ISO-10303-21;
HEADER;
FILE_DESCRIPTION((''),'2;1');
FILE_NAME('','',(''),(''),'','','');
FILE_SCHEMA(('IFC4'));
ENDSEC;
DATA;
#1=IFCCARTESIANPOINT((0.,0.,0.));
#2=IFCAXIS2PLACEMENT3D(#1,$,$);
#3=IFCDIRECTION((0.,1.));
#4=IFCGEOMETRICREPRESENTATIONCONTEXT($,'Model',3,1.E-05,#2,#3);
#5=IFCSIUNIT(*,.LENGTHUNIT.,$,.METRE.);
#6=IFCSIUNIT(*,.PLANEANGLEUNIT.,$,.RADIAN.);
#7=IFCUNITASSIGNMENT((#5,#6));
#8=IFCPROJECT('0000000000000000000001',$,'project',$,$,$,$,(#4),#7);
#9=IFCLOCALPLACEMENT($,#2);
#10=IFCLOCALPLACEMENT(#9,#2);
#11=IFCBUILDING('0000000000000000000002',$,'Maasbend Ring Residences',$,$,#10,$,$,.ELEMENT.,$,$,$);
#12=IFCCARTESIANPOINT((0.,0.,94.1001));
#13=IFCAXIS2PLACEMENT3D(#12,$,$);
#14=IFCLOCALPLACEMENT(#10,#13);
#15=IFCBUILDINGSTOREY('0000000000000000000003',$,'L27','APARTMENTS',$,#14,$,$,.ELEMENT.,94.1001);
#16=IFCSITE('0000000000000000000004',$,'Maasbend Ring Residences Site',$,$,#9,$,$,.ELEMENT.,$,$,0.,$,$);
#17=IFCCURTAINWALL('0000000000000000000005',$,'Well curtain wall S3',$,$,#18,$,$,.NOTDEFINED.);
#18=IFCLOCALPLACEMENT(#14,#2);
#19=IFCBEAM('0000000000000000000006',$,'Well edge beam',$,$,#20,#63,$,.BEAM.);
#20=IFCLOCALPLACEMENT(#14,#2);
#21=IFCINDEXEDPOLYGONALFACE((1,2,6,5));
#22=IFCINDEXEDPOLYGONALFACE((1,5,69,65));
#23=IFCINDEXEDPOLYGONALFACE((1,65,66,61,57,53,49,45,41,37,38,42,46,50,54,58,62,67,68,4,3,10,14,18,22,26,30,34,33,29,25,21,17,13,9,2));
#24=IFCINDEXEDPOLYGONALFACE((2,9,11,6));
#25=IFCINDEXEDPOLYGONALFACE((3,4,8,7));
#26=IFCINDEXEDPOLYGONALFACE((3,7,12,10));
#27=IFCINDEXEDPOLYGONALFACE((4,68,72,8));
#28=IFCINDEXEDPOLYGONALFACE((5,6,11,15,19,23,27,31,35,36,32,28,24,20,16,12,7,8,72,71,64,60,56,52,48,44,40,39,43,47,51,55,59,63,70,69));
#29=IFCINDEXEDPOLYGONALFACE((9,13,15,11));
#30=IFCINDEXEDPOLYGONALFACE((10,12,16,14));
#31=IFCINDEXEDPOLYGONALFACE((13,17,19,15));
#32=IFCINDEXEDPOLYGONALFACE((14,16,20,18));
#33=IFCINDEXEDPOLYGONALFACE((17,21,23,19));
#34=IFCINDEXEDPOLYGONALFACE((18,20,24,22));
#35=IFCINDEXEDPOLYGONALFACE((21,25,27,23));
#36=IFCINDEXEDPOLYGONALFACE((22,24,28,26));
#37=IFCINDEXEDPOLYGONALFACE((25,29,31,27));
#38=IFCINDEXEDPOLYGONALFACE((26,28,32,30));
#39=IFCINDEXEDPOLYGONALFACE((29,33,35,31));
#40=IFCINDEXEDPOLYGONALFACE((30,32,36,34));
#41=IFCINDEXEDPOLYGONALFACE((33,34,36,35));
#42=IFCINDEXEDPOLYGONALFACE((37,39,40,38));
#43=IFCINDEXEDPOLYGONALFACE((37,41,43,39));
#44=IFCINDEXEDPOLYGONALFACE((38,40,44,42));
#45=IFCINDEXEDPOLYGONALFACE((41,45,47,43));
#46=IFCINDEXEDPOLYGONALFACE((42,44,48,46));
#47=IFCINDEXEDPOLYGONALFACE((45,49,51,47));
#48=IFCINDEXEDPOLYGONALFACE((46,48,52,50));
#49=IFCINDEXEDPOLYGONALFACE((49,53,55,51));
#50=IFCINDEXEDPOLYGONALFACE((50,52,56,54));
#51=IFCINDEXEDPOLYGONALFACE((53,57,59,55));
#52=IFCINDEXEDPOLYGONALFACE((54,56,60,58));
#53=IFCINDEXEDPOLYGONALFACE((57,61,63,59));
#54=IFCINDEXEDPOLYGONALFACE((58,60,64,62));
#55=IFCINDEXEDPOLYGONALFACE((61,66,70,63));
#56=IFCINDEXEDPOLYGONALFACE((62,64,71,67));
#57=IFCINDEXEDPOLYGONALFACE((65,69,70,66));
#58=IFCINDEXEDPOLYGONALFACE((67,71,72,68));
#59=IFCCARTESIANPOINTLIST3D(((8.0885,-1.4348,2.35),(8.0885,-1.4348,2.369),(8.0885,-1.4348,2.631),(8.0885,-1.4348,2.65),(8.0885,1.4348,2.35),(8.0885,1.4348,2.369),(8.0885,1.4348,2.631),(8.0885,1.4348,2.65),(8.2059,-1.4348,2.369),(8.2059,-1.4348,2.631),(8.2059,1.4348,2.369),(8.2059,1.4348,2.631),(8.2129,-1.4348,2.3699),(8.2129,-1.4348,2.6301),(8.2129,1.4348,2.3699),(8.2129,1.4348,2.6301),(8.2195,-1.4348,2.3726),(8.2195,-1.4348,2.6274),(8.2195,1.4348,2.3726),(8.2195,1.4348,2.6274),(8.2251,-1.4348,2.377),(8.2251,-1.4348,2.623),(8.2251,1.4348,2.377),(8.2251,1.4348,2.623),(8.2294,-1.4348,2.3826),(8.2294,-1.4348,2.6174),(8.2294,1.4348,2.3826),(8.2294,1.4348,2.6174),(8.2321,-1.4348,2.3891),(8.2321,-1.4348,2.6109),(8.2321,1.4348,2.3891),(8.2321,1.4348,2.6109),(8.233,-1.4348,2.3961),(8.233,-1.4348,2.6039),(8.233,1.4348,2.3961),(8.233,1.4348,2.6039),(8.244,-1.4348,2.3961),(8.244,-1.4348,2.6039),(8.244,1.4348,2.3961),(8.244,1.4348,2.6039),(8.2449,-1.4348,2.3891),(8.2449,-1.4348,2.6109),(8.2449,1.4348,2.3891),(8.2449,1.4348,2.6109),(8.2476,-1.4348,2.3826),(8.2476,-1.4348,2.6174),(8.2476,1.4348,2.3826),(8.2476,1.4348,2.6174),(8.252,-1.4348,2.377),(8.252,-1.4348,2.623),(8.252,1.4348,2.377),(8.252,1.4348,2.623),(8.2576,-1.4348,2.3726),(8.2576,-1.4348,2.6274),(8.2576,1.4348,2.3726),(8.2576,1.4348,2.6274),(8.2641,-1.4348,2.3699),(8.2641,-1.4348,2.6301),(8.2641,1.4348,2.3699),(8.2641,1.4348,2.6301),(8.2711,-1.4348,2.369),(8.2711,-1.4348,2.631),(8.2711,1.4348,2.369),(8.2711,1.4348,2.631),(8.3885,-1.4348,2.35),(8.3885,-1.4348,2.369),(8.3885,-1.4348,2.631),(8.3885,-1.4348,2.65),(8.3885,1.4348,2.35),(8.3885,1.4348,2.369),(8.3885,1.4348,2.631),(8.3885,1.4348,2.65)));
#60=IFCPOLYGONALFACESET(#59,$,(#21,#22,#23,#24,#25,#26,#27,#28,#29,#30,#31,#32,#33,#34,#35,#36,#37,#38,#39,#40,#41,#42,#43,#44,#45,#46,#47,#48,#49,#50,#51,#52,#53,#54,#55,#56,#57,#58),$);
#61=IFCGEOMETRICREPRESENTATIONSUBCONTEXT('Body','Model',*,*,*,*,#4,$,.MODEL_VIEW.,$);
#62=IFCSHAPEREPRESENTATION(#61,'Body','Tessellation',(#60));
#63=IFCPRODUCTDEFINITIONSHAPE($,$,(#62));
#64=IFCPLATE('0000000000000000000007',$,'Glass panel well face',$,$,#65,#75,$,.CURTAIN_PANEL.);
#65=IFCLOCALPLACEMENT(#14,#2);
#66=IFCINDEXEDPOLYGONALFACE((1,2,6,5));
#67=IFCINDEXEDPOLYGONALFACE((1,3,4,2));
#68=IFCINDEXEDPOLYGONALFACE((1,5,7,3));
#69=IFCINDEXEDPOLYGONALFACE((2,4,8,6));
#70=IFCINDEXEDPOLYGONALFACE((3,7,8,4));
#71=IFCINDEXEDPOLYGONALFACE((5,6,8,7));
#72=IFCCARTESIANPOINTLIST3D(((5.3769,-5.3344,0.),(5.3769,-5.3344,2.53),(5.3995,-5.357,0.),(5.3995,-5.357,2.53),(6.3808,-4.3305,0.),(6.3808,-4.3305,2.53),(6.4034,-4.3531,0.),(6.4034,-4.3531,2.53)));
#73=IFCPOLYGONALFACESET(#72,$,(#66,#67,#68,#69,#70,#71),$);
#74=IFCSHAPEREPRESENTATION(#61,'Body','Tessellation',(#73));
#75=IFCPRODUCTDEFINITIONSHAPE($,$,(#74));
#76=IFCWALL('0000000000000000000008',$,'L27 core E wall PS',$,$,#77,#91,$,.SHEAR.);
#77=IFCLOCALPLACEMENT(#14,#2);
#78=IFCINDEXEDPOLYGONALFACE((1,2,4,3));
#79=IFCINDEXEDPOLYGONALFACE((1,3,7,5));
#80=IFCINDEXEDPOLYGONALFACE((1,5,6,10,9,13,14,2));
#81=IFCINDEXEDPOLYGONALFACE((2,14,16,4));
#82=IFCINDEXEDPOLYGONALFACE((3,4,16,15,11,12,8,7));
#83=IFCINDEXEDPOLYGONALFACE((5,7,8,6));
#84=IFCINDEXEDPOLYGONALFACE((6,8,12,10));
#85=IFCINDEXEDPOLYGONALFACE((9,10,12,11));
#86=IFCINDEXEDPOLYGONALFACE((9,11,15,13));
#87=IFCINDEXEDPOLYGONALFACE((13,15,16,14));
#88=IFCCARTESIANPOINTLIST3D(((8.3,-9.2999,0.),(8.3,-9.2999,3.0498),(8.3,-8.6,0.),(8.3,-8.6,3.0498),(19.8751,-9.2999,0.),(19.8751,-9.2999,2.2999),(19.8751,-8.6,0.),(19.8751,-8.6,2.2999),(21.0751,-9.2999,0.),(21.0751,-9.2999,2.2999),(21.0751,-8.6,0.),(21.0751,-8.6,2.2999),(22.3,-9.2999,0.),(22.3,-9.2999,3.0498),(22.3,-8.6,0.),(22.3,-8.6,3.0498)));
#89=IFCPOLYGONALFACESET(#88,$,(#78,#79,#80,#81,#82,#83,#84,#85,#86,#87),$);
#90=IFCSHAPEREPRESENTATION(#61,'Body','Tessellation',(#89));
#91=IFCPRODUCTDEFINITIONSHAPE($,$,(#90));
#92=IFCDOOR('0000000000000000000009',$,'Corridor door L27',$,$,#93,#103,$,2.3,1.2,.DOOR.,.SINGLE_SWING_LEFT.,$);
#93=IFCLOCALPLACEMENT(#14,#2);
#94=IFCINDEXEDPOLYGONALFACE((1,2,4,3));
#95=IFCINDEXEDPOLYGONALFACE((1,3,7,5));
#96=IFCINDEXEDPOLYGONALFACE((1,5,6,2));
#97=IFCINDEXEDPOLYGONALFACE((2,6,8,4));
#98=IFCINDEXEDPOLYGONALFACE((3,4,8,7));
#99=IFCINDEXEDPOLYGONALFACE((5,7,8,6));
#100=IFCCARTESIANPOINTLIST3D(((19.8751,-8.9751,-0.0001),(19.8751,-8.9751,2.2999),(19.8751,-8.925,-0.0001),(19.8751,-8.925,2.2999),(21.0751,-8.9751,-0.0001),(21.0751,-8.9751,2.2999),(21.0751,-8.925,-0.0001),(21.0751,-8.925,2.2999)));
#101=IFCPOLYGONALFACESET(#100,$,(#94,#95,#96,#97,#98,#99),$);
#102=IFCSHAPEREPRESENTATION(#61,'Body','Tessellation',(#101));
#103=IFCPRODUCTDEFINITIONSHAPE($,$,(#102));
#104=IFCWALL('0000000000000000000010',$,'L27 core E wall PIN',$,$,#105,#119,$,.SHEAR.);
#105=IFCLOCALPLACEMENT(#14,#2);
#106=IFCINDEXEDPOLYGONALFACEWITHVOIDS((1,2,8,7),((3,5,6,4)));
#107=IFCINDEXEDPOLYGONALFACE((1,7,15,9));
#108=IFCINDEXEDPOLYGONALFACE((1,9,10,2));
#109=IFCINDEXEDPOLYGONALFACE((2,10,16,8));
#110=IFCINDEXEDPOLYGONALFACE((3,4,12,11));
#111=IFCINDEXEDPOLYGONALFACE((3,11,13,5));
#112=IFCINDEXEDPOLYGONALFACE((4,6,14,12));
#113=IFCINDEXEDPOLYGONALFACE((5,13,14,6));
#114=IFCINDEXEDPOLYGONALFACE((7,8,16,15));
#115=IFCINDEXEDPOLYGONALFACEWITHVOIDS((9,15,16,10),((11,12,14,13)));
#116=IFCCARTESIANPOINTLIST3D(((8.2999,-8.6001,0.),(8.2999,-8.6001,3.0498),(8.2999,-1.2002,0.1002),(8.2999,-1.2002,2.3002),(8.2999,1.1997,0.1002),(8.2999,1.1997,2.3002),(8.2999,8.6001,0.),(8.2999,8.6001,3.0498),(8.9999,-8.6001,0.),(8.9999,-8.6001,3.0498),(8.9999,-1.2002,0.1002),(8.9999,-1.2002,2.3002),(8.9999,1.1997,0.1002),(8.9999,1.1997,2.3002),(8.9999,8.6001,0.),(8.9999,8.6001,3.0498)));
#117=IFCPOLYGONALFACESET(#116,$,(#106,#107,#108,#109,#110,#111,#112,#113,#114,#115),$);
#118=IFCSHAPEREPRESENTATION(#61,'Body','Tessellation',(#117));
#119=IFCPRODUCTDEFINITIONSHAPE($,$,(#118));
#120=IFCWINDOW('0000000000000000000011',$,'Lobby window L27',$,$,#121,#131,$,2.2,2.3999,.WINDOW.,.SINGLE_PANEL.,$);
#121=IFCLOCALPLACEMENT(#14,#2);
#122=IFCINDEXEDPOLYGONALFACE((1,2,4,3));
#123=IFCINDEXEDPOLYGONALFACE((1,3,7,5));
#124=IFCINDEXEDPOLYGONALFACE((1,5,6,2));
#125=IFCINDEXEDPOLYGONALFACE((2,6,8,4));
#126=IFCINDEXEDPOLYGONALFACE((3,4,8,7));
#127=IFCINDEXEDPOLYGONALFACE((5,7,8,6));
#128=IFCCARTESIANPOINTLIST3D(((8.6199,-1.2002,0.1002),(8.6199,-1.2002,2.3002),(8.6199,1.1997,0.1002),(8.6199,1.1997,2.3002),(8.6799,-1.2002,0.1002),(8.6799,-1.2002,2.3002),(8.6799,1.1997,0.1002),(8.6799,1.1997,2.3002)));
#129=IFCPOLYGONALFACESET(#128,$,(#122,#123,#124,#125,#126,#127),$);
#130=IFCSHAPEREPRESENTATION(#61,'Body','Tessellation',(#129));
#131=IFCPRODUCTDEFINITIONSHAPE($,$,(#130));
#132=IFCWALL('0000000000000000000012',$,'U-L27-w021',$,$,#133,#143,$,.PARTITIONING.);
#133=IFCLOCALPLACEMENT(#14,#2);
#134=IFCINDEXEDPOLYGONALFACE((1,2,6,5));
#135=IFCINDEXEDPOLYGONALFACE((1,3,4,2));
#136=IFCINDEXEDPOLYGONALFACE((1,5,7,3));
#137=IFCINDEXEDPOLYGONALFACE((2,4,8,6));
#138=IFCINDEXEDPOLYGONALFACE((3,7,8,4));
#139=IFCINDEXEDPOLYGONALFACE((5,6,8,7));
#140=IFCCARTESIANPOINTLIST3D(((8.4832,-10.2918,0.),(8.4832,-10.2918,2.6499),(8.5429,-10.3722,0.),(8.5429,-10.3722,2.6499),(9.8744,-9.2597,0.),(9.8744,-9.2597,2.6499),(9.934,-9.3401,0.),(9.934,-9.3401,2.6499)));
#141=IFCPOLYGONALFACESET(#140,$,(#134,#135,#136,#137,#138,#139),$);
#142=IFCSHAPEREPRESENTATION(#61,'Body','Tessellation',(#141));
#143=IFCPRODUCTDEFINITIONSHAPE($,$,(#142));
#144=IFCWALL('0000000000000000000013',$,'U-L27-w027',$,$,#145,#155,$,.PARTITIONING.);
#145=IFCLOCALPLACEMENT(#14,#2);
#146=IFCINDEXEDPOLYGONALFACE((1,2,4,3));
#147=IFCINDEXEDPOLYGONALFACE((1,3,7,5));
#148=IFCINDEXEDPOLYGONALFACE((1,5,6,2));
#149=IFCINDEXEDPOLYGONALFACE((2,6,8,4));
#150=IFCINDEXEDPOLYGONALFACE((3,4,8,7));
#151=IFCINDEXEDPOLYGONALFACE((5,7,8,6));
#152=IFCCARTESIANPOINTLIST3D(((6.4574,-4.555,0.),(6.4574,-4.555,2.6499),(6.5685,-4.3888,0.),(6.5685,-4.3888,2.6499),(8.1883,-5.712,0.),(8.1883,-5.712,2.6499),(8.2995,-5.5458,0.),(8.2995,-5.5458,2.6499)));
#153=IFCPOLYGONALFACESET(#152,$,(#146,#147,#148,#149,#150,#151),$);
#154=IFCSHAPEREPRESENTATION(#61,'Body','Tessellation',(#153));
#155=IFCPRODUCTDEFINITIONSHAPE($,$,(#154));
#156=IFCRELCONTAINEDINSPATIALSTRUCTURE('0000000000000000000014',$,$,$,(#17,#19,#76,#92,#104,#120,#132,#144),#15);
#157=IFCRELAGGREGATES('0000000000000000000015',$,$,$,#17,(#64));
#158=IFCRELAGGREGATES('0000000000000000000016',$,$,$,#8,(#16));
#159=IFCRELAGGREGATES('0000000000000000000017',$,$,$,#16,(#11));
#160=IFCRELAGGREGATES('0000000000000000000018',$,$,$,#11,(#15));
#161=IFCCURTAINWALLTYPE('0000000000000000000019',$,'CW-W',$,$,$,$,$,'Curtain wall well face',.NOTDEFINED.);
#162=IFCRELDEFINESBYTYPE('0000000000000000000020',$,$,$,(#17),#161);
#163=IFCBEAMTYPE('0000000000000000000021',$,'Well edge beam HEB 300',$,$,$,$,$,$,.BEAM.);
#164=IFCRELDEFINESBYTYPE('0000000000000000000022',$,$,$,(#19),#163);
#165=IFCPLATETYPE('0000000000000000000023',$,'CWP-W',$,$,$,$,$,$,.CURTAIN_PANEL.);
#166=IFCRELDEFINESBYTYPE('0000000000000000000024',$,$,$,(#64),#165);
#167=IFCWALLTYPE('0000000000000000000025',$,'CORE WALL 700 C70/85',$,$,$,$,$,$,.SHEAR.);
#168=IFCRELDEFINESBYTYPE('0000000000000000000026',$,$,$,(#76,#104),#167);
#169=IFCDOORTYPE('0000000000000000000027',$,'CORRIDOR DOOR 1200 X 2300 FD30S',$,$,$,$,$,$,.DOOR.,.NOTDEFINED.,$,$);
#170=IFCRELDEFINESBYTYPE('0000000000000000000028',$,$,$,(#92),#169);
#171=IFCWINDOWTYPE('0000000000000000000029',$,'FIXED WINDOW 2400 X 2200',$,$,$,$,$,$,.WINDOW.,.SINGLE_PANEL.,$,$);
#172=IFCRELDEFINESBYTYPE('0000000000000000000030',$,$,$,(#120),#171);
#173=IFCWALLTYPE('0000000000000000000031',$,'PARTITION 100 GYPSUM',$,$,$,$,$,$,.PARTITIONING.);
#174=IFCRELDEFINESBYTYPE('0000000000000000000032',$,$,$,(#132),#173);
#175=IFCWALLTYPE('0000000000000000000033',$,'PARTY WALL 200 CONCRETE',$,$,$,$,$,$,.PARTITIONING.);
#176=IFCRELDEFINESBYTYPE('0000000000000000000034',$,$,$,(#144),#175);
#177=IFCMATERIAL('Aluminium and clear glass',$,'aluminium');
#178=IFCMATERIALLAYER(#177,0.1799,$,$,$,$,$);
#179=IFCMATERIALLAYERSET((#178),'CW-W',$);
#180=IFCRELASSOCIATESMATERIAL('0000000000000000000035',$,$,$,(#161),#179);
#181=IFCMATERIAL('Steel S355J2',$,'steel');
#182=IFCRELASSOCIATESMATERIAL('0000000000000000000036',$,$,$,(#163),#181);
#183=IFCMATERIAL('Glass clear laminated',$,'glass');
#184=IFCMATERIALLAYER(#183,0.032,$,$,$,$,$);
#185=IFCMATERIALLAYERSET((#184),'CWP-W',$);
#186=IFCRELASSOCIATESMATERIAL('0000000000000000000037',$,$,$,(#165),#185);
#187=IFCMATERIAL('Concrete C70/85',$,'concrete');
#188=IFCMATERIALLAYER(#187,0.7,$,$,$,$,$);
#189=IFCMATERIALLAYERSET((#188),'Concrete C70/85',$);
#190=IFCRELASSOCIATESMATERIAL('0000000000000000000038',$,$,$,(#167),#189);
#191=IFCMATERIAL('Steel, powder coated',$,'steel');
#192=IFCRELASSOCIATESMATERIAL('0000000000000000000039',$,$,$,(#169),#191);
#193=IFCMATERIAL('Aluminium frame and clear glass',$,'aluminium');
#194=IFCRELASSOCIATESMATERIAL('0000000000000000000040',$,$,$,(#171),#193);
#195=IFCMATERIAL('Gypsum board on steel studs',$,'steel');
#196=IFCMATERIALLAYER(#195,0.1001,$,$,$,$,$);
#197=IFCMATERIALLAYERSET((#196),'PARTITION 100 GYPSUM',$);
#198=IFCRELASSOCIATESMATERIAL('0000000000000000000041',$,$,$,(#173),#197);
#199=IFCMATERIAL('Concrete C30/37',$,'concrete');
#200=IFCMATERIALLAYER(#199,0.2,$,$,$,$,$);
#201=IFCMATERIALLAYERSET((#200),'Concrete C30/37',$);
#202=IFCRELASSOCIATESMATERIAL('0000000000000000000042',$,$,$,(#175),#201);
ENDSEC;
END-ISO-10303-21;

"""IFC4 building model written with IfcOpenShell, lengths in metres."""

from ifc_helpers import new_model, si_unit, direction, frame, frame_2d, origin, origin_2d, place, context, subcontext, project, spatial, rectangle, i_section, extrude, material, layer, layer_set, material_profile, profile_set, type_object, element, fill, aggregate, save


model = new_model("IFC4")

# Units and contexts
model_context = context("Model", 3, precision=1e-05, world=origin(), true_north=direction((0.0, 1.0)))
body_context = subcontext(model_context, "Body", "Model", "MODEL_VIEW")
ifc_project = project(units=[si_unit("LENGTHUNIT", "METRE"), si_unit("PLANEANGLEUNIT", "RADIAN")], contexts=[model_context])

# Site, building, storey
site_placement = place(None, origin())
site = spatial("IfcSite", under=ifc_project, at=site_placement, Name="Maasbend Ring Residences Site", CompositionType="ELEMENT", RefElevation=0.0)
building_placement = place(site_placement, origin())
building = spatial("IfcBuilding", under=site, at=building_placement, Name="Maasbend Ring Residences", CompositionType="ELEMENT")
storey_placement = place(building_placement, frame((0.0, 0.0, 94.1001)))
storey = spatial("IfcBuildingStorey", under=building, at=storey_placement, Name="L27", Description="APARTMENTS", CompositionType="ELEMENT", Elevation=94.1001)

# Curtain wall
ifc_material_1 = material(Name="Aluminium and clear glass", Category="aluminium")
ifc_layer_1 = layer(ifc_material_1, 0.1799)
ifc_layer_set_1 = layer_set([ifc_layer_1], Name="CW-W")
curtain_wall_type = type_object("IfcCurtainWallType", Name="CW-W", ElementType="Curtain wall well face", PredefinedType="NOTDEFINED", material=ifc_layer_set_1)
curtain_wall_placement = place(storey_placement, origin())
curtain_wall = element("IfcCurtainWall", 1, at=curtain_wall_placement, inside=storey, type_object=curtain_wall_type, Name="Well curtain wall S3", PredefinedType="NOTDEFINED")

# Beam
ifc_material_2 = material(Name="Steel S355J2", Category="steel")
ifc_material_profile_1 = material_profile(ifc_material_2, i_section(OverallWidth=0.3, OverallDepth=0.3, WebThickness=0.011, FlangeThickness=0.019, FilletRadius=0.0271, at=origin_2d()), Name="HEB 300")
ifc_profile_set_1 = profile_set([ifc_material_profile_1], Name="Steel S355J2")
beam_type = type_object("IfcBeamType", Name="Well edge beam HEB 300", PredefinedType="BEAM", material=ifc_profile_set_1)
beam_1_placement = place(storey_placement, frame((8.2385, -1.4348, 2.5), z_axis=(0.0, 1.0, 0.0), x_axis=(-1.0, 0.0, 0.0)))
element("IfcBeam", 2, at=beam_1_placement, inside=storey, type_object=beam_type, Name="Well edge beam", PredefinedType="BEAM", context=body_context, shape_type="SweptSolid", body=[
    extrude(i_section(OverallWidth=0.3, OverallDepth=0.3, WebThickness=0.011, FlangeThickness=0.019, FilletRadius=0.0271, at=origin_2d()), origin(), (0.0, 0.0, 1.0), 2.8696),
])

# Plate
ifc_material_3 = material(Name="Glass clear laminated", Category="glass")
ifc_layer_2 = layer(ifc_material_3, 0.032)
ifc_layer_set_2 = layer_set([ifc_layer_2], Name="CWP-W")
plate_type = type_object("IfcPlateType", Name="CWP-W", PredefinedType="CURTAIN_PANEL", material=ifc_layer_set_2)
plate_placement = place(storey_placement, frame((5.8901, -4.8438, 0.0), z_axis=(0.0, 0.0, 1.0), x_axis=(0.707107, 0.707107, 0.0)))
plate = element("IfcPlate", 3, at=plate_placement, type_object=plate_type, Name="Glass panel well face", PredefinedType="CURTAIN_PANEL", context=body_context, shape_type="SweptSolid", body=[
    extrude(rectangle(XDim=1.4197, YDim=0.032, at=origin_2d()), origin(), (0.0, 0.0, 1.0), 2.53),
])
aggregate(curtain_wall, [plate])

# Wall, opening, door
ifc_material_4 = material(Name="Concrete C70/85", Category="concrete")
ifc_layer_3 = layer(ifc_material_4, 0.7)
ifc_layer_set_3 = layer_set([ifc_layer_3], Name="Concrete C70/85")
wall_type_1 = type_object("IfcWallType", Name="CORE WALL 700 C70/85", PredefinedType="SHEAR", material=ifc_layer_set_3)
wall_1_placement = place(storey_placement, frame((8.3, -8.95, 0.0), z_axis=(0.0, 0.0, 1.0), x_axis=(1.0, 0.0, 0.0)))
wall_1 = element("IfcWall", 4, at=wall_1_placement, inside=storey, type_object=wall_type_1, Name="L27 core E wall PS", PredefinedType="SHEAR", context=body_context, shape_type="SweptSolid", body=[
    extrude(rectangle(XDim=14.0, YDim=0.7, at=frame_2d((7.0, 0.0))), origin(), (0.0, 0.0, 1.0), 3.0498),
])
opening_1_placement = place(wall_1_placement, frame((11.575, 0.0, 0.0)))
opening_1 = element("IfcOpeningElement", 5, at=opening_1_placement, cuts=wall_1, PredefinedType="OPENING", context=body_context, shape_type="SweptSolid", body=[
    extrude(rectangle(XDim=1.2, YDim=2.3, at=frame_2d((0.6001, 1.1499))), frame((0.0, 0.3599, 0.0), z_axis=(0.0, -1.0, 0.0), x_axis=(1.0, 0.0, 0.0)), (0.0, 0.0, 1.0), 0.72),
])
ifc_material_5 = material(Name="Steel, powder coated", Category="steel")
door_type = type_object("IfcDoorType", Name="CORRIDOR DOOR 1200 X 2300 FD30S", OperationType="NOTDEFINED", PredefinedType="DOOR", material=ifc_material_5)
door_placement = place(opening_1_placement, origin())
door = element("IfcDoor", 6, at=door_placement, inside=storey, type_object=door_type, Name="Corridor door L27", OperationType="SINGLE_SWING_LEFT", OverallHeight=2.3, OverallWidth=1.2, PredefinedType="DOOR", context=body_context, shape_type="SweptSolid", body=[
    extrude(rectangle(XDim=1.2, YDim=2.3, at=frame_2d((0.6001, 1.1499))), frame((0.0, 0.0249, 0.0), z_axis=(0.0, -1.0, 0.0), x_axis=(1.0, 0.0, 0.0)), (0.0, 0.0, 1.0), 0.05),
])
fill(opening_1, door)

# Wall, opening, window
wall_2_placement = place(storey_placement, frame((8.6499, -8.6001, 0.0), z_axis=(0.0, 0.0, 1.0), x_axis=(0.0, 1.0, 0.0)))
wall_2 = element("IfcWall", 7, at=wall_2_placement, inside=storey, type_object=wall_type_1, Name="L27 core E wall PIN", PredefinedType="SHEAR", context=body_context, shape_type="SweptSolid", body=[
    extrude(rectangle(XDim=17.2002, YDim=0.7, at=frame_2d((8.6001, 0.0))), origin(), (0.0, 0.0, 1.0), 3.0498),
])
opening_2_placement = place(wall_2_placement, frame((7.3999, 0.0, 0.1001)))
opening_2 = element("IfcOpeningElement", 8, at=opening_2_placement, cuts=wall_2, PredefinedType="OPENING", context=body_context, shape_type="SweptSolid", body=[
    extrude(rectangle(XDim=2.3999, YDim=2.2, at=frame_2d((1.2, 1.1001))), frame((0.0, 0.3599, 0.0), z_axis=(0.0, -1.0, 0.0), x_axis=(1.0, 0.0, 0.0)), (0.0, 0.0, 1.0), 0.72),
])
ifc_material_6 = material(Name="Aluminium frame and clear glass", Category="aluminium")
window_type = type_object("IfcWindowType", Name="FIXED WINDOW 2400 X 2200", PartitioningType="SINGLE_PANEL", PredefinedType="WINDOW", material=ifc_material_6)
window_placement = place(opening_2_placement, origin())
window = element("IfcWindow", 9, at=window_placement, inside=storey, type_object=window_type, Name="Lobby window L27", OverallHeight=2.2, OverallWidth=2.3999, PartitioningType="SINGLE_PANEL", PredefinedType="WINDOW", context=body_context, shape_type="SweptSolid", body=[
    extrude(rectangle(XDim=2.3999, YDim=2.2, at=frame_2d((1.2, 1.1001))), frame((0.0, 0.03, 0.0), z_axis=(0.0, -1.0, 0.0), x_axis=(1.0, 0.0, 0.0)), (0.0, 0.0, 1.0), 0.0601),
])
fill(opening_2, window)

# Walls
ifc_material_7 = material(Name="Gypsum board on steel studs", Category="steel")
ifc_layer_4 = layer(ifc_material_7, 0.1001)
ifc_layer_set_4 = layer_set([ifc_layer_4], Name="PARTITION 100 GYPSUM")
wall_type_2 = type_object("IfcWallType", Name="PARTITION 100 GYPSUM", PredefinedType="PARTITIONING", material=ifc_layer_set_4)
wall_3_placement = place(storey_placement, frame((8.5129, -10.332, 0.0), z_axis=(0.0, 0.0, 1.0), x_axis=(0.803135, 0.595797, 0.0)))
element("IfcWall", 10, at=wall_3_placement, inside=storey, type_object=wall_type_2, Name="U-L27-w021", PredefinedType="PARTITIONING", context=body_context, shape_type="SweptSolid", body=[
    extrude(rectangle(XDim=1.7322, YDim=0.1001, at=frame_2d((0.8662, 0.0))), origin(), (0.0, 0.0, 1.0), 2.6499),
])
ifc_material_8 = material(Name="Concrete C30/37", Category="concrete")
ifc_layer_5 = layer(ifc_material_8, 0.2)
ifc_layer_set_5 = layer_set([ifc_layer_5], Name="Concrete C30/37")
wall_type_3 = type_object("IfcWallType", Name="PARTY WALL 200 CONCRETE", PredefinedType="PARTITIONING", material=ifc_layer_set_5)
wall_4_placement = place(storey_placement, frame((6.5129, -4.4719, 0.0), z_axis=(0.0, 0.0, 1.0), x_axis=(0.831382, -0.555701, 0.0)))
element("IfcWall", 11, at=wall_4_placement, inside=storey, type_object=wall_type_3, Name="U-L27-w027", PredefinedType="PARTITIONING", context=body_context, shape_type="SweptSolid", body=[
    extrude(rectangle(XDim=2.082, YDim=0.2, at=frame_2d((1.041, 0.0))), origin(), (0.0, 0.0, 1.0), 2.6499),
])

save(model, "model.ifc")
